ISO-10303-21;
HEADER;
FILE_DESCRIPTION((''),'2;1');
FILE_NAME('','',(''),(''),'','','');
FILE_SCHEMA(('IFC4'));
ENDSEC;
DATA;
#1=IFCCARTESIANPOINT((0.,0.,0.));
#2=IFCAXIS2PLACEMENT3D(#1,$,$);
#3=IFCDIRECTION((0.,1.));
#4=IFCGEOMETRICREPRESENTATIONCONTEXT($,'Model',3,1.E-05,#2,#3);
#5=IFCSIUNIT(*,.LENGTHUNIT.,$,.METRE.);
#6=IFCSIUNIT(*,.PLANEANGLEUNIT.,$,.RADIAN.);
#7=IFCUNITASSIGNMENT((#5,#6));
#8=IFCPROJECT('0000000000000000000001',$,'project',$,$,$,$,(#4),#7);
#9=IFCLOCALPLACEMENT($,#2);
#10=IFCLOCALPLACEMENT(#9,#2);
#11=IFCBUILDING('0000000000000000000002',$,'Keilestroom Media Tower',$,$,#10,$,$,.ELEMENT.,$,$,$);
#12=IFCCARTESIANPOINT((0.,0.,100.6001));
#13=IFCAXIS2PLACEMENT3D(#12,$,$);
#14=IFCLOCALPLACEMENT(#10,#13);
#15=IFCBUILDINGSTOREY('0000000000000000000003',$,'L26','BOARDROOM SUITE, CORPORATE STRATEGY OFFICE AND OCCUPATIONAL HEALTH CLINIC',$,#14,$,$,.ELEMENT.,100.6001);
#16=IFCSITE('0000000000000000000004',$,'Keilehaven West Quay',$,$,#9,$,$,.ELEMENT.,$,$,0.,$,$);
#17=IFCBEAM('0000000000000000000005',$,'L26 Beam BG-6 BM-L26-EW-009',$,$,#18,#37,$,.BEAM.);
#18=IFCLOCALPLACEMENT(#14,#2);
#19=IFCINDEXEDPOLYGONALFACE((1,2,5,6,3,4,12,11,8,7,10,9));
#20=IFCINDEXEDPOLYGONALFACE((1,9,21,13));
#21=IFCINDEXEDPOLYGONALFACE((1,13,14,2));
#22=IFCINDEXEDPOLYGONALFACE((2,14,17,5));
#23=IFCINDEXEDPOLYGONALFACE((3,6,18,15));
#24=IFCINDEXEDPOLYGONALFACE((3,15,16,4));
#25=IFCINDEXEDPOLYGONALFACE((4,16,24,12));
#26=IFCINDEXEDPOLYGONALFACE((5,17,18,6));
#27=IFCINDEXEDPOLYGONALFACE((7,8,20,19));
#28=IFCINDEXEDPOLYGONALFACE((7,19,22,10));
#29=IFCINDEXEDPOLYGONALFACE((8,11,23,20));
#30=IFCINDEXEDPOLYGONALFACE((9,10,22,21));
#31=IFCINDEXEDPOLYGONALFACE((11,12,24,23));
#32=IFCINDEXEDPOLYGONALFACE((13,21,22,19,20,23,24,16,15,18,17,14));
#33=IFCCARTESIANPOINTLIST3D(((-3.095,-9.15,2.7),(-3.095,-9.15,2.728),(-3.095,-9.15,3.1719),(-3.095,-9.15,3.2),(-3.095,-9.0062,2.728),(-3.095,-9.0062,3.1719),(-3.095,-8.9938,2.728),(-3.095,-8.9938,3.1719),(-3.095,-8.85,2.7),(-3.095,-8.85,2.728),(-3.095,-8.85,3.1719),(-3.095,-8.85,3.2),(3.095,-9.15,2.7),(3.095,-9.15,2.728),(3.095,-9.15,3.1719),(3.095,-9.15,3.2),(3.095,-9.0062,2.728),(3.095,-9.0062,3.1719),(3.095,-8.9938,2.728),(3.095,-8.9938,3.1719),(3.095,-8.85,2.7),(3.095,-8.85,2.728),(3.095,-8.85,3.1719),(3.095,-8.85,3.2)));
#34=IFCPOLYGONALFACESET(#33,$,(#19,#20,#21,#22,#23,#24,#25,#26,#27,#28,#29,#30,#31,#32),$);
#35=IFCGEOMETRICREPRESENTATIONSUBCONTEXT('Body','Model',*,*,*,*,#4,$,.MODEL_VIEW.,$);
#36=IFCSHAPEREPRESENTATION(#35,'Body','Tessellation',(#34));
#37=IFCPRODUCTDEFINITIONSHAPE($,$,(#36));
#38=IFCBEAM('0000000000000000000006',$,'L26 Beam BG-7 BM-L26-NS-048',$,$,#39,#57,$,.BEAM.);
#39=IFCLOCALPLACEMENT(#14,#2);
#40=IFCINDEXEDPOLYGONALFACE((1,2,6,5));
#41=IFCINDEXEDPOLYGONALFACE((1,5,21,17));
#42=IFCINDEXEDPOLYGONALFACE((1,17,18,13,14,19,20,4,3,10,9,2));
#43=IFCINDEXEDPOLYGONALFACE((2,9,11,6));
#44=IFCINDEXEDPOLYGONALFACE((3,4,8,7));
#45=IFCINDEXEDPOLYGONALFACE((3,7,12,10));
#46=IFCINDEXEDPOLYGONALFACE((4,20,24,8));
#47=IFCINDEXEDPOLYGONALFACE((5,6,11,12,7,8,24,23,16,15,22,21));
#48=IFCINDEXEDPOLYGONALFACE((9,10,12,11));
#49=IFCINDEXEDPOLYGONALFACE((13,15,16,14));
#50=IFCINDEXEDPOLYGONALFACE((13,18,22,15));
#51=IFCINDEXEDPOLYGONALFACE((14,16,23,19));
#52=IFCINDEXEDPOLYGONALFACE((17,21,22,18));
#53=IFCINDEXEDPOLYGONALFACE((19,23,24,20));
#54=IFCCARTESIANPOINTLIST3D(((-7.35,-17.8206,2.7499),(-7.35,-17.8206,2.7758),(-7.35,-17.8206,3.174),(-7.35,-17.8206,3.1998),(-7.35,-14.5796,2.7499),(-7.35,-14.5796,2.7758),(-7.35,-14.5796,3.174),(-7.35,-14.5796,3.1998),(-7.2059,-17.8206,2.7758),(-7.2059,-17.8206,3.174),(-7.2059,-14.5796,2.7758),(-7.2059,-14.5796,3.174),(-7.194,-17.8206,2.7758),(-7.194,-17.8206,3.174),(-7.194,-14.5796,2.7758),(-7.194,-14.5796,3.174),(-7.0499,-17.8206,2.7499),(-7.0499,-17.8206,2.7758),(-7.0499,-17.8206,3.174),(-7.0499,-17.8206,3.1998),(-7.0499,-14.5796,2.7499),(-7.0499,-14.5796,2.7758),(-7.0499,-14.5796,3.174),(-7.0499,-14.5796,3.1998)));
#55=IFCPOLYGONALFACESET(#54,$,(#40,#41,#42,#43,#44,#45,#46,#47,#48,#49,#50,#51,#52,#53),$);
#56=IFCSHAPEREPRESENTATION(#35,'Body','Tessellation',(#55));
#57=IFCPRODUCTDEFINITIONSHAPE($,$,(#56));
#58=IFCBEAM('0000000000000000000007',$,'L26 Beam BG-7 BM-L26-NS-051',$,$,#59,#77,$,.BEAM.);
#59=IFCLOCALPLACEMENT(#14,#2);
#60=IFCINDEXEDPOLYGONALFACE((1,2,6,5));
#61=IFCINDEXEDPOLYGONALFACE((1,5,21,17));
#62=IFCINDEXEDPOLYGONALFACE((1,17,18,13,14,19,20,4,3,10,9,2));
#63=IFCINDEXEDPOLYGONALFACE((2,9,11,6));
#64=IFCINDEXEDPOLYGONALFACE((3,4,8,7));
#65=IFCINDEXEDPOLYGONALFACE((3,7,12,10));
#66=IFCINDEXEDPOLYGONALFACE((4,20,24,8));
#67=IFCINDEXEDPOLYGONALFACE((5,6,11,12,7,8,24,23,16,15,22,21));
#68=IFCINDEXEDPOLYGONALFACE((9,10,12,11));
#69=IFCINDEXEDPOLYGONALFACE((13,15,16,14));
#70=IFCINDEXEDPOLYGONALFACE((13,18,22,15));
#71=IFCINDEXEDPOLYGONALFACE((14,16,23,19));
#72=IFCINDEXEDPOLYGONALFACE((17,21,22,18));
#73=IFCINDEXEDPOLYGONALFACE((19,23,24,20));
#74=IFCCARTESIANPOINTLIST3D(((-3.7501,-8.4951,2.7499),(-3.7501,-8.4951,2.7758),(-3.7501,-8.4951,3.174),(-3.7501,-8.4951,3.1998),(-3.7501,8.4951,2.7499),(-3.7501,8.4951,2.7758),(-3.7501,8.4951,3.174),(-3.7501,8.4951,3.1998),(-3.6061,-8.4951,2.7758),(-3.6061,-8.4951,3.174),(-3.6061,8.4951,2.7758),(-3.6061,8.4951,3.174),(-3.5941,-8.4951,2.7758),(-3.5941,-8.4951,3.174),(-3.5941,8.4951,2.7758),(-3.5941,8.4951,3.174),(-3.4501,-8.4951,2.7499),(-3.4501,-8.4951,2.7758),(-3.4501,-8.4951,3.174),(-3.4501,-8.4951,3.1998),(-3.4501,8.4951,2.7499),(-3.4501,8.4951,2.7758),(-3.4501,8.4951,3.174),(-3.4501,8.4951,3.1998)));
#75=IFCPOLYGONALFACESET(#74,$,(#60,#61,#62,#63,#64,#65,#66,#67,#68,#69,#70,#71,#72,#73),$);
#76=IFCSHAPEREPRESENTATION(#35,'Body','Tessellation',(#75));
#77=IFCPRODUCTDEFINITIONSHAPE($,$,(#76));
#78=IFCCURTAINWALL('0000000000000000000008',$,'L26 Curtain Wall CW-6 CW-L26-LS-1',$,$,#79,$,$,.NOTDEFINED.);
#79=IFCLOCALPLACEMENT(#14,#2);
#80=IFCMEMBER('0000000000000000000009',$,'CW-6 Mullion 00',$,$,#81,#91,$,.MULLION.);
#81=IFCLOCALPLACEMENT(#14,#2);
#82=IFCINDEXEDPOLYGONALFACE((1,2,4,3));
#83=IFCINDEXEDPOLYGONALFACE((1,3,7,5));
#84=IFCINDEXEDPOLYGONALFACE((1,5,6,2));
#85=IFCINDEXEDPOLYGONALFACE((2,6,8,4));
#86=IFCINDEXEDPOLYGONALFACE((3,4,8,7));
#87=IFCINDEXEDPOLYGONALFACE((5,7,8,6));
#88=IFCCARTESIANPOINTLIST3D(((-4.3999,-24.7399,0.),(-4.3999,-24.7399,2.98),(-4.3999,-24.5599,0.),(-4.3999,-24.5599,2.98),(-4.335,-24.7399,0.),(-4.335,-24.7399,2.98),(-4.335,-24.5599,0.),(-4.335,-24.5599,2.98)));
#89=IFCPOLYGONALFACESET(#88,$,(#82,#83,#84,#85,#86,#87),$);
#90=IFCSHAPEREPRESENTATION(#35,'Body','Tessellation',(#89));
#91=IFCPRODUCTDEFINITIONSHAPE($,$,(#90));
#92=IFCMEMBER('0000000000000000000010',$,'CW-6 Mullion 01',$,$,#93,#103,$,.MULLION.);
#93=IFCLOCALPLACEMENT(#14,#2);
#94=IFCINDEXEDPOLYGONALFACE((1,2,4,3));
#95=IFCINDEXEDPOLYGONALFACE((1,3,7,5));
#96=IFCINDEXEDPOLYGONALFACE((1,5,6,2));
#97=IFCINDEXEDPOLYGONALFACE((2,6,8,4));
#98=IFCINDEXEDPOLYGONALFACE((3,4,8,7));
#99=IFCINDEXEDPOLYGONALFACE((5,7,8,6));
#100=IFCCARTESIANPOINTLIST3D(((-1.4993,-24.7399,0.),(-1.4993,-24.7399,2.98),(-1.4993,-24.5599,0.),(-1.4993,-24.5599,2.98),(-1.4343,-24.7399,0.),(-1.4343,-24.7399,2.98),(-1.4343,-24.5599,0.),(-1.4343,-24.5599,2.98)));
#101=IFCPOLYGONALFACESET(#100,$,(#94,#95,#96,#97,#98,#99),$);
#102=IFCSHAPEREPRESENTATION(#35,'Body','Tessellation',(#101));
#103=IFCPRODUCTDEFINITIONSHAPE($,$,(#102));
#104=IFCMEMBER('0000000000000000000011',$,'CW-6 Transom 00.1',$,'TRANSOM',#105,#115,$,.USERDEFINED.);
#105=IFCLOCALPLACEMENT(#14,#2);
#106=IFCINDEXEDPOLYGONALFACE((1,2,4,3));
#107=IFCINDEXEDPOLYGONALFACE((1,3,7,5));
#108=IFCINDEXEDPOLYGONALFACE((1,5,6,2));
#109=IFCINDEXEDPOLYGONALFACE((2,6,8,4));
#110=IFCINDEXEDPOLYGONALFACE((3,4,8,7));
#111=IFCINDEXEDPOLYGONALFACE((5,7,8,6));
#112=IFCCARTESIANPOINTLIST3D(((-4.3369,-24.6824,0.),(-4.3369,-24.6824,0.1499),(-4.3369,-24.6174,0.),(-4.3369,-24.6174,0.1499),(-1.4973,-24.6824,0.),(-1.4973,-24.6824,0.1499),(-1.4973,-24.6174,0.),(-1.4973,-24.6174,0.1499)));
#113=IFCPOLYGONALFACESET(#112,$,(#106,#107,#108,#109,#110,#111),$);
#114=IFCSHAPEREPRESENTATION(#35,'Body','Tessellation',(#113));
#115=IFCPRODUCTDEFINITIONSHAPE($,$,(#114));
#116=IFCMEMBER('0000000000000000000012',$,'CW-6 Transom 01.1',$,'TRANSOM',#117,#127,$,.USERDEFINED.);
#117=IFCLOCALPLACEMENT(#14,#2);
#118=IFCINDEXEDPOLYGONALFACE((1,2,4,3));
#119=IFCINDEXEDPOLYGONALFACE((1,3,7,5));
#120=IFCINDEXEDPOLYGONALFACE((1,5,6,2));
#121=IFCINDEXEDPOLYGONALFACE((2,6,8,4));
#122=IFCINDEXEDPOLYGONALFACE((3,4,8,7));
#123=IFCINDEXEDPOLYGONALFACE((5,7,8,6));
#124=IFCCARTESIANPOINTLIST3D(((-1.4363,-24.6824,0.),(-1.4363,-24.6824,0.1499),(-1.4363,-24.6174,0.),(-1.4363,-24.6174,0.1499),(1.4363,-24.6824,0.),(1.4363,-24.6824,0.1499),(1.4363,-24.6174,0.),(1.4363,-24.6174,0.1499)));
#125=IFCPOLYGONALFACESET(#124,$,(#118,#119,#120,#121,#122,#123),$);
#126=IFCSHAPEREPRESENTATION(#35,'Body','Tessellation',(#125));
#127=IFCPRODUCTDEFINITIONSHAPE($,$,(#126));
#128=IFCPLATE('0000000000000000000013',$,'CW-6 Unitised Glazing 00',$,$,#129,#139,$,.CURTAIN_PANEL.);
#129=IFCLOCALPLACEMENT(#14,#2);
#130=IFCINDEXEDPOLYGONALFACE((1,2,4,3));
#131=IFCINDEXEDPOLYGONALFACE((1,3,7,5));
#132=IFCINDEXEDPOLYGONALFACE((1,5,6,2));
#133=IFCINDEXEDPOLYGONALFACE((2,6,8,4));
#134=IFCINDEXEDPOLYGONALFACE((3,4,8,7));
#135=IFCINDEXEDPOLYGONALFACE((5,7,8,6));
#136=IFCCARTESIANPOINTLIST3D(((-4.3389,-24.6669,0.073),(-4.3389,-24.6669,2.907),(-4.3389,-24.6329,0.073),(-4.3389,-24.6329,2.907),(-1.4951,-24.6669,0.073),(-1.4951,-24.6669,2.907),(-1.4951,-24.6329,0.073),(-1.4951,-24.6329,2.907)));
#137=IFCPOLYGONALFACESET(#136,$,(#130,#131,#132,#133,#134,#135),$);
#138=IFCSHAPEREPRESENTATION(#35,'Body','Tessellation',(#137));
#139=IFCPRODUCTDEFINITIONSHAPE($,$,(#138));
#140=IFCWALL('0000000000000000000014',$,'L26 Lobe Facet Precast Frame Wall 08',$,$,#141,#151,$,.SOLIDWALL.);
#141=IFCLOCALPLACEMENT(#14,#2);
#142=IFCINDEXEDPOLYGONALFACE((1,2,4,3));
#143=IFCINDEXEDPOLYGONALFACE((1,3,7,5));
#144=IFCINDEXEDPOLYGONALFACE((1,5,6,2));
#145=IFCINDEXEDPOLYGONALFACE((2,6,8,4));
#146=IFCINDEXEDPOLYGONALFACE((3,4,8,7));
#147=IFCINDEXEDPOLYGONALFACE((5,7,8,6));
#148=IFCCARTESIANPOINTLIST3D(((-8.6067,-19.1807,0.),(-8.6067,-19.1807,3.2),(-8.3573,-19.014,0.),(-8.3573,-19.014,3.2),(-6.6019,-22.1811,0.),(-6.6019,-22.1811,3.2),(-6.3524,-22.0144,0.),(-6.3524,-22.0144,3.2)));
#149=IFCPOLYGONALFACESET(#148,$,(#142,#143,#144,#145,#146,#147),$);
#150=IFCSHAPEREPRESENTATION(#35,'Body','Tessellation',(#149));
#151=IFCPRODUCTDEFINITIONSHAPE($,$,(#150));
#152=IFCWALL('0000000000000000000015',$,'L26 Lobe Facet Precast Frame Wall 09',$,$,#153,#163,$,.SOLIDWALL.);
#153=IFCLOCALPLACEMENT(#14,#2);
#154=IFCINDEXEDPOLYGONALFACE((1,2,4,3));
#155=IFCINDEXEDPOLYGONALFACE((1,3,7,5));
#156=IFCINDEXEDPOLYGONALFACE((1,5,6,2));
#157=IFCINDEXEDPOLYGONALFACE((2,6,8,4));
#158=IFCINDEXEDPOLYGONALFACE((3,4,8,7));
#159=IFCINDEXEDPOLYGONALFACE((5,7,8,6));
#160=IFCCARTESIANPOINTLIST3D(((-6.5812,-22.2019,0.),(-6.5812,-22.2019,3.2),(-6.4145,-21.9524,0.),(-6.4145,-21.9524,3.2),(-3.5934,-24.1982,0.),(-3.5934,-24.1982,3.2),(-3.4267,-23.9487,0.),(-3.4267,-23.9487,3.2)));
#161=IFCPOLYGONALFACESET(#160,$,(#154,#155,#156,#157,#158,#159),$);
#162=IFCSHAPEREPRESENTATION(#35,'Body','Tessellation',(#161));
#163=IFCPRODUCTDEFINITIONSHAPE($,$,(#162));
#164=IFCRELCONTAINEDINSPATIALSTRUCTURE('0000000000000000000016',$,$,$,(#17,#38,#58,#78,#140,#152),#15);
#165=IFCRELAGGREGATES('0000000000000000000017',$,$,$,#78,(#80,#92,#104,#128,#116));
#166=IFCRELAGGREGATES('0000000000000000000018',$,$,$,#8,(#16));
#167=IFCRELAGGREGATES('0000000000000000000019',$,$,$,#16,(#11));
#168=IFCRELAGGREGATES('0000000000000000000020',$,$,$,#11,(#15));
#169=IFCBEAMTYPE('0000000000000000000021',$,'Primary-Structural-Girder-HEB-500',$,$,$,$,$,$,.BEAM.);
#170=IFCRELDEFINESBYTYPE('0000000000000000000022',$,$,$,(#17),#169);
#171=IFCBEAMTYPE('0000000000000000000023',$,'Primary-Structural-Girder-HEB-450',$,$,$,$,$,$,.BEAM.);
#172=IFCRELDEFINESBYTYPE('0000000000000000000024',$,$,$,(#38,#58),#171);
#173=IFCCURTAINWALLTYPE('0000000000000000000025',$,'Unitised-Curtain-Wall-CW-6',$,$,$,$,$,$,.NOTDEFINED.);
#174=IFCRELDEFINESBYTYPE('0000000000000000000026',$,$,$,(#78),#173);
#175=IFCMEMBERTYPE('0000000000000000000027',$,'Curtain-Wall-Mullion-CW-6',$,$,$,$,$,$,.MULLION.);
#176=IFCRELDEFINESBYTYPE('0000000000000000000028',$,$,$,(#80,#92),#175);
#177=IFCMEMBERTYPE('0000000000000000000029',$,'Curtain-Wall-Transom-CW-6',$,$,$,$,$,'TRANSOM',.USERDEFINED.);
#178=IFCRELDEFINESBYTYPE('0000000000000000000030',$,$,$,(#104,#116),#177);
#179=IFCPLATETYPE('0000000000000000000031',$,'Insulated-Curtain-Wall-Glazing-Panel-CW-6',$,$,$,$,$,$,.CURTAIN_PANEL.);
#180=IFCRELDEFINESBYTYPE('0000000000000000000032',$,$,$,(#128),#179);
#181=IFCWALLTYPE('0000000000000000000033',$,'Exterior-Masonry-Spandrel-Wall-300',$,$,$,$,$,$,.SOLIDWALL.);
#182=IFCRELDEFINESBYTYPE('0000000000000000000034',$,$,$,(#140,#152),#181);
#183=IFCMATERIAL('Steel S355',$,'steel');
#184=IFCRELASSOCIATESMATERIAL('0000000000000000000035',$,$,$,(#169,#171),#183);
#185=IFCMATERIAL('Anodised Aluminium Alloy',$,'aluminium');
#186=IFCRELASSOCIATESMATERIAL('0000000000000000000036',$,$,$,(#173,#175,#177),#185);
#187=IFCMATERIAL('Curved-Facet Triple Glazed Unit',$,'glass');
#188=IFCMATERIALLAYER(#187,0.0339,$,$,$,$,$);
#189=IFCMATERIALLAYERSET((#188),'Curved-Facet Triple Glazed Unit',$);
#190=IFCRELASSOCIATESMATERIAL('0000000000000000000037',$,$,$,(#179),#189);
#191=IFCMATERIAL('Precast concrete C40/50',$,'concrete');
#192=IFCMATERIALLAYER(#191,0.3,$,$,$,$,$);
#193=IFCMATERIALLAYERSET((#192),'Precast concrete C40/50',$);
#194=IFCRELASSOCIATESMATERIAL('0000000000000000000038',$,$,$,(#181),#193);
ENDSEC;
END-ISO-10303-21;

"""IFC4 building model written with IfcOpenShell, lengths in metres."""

from ifc_helpers import new_model, si_unit, direction, frame, frame_2d, origin, origin_2d, place, context, subcontext, project, spatial, rectangle, i_section, extrude, source, transform, mapped, material, layer, layer_set, material_profile, profile_set, type_object, element, aggregate, save


model = new_model("IFC4")

# Units and contexts
model_context = context("Model", 3, precision=1e-05, world=origin(), true_north=direction((0.0, 1.0)))
body_context = subcontext(model_context, "Body", "Model", "MODEL_VIEW")
ifc_project = project(units=[si_unit("LENGTHUNIT", "METRE"), si_unit("PLANEANGLEUNIT", "RADIAN")], contexts=[model_context])

# Site, building, storey
site_placement = place(None, origin())
site = spatial("IfcSite", under=ifc_project, at=site_placement, Name="Keilehaven West Quay", CompositionType="ELEMENT", RefElevation=0.0)
building_placement = place(site_placement, origin())
building = spatial("IfcBuilding", under=site, at=building_placement, Name="Keilestroom Media Tower", CompositionType="ELEMENT")
storey_placement = place(building_placement, frame((0.0, 0.0, 100.6001)))
storey = spatial("IfcBuildingStorey", under=building, at=storey_placement, Name="L26", Description="BOARDROOM SUITE, CORPORATE STRATEGY OFFICE AND OCCUPATIONAL HEALTH CLINIC", CompositionType="ELEMENT", Elevation=100.6001)

# Shared definitions
ifc_material_1 = material(Name="Steel S355", Category="steel")

# Beams
ifc_material_profile_1 = material_profile(ifc_material_1, i_section(OverallWidth=0.3, OverallDepth=0.5, WebThickness=0.0125, FlangeThickness=0.0281, at=origin_2d()), Name="HEB 500")
ifc_profile_set_1 = profile_set([ifc_material_profile_1], Name="Steel S355")
beam_type_1 = type_object("IfcBeamType", Name="Primary-Structural-Girder-HEB-500", PredefinedType="BEAM", material=ifc_profile_set_1)
shared_shape_1 = source(origin(), body_context, "Body", "SweptSolid", [
    extrude(i_section(OverallWidth=0.3, OverallDepth=0.5, WebThickness=0.0125, FlangeThickness=0.0281, at=origin_2d()), origin(), (0.0, 0.0, 1.0), 6.1899),
])
beam_1_placement = place(storey_placement, frame((-3.095, -9.0, 2.95), z_axis=(1.0, 0.0, 0.0), x_axis=(0.0, 1.0, 0.0)))
element("IfcBeam", 1, at=beam_1_placement, inside=storey, type_object=beam_type_1, Name="L26 Beam BG-6 BM-L26-EW-009", PredefinedType="BEAM", context=body_context, shape_type="MappedRepresentation", body=[
    mapped(shared_shape_1, transform((0.0, 0.0, 0.0), x_axis=(1.0, 0.0, 0.0), y_axis=(0.0, 1.0, 0.0), z_axis=(0.0, 0.0, 1.0), scale=1.0)),
])
ifc_material_profile_2 = material_profile(ifc_material_1, i_section(OverallWidth=0.3, OverallDepth=0.45, WebThickness=0.012, FlangeThickness=0.0259, at=origin_2d()), Name="HEB 450")
ifc_profile_set_2 = profile_set([ifc_material_profile_2], Name="Steel S355")
beam_type_2 = type_object("IfcBeamType", Name="Primary-Structural-Girder-HEB-450", PredefinedType="BEAM", material=ifc_profile_set_2)
shared_shape_2 = source(origin(), body_context, "Body", "SweptSolid", [
    extrude(i_section(OverallWidth=0.3, OverallDepth=0.45, WebThickness=0.012, FlangeThickness=0.0259, at=origin_2d()), origin(), (0.0, 0.0, 1.0), 3.241),
])
beam_2_placement = place(storey_placement, frame((-7.2, -17.8206, 2.9749), z_axis=(0.0, 1.0, 0.0), x_axis=(-1.0, 0.0, 0.0)))
element("IfcBeam", 2, at=beam_2_placement, inside=storey, type_object=beam_type_2, Name="L26 Beam BG-7 BM-L26-NS-048", PredefinedType="BEAM", context=body_context, shape_type="MappedRepresentation", body=[
    mapped(shared_shape_2, transform((0.0, 0.0, 0.0), x_axis=(1.0, 0.0, 0.0), y_axis=(0.0, 1.0, 0.0), z_axis=(0.0, 0.0, 1.0), scale=1.0)),
])
shared_shape_3 = source(origin(), body_context, "Body", "SweptSolid", [
    extrude(i_section(OverallWidth=0.3, OverallDepth=0.45, WebThickness=0.012, FlangeThickness=0.0259, at=origin_2d()), origin(), (0.0, 0.0, 1.0), 16.9902),
])
beam_3_placement = place(storey_placement, frame((-3.6001, -8.4951, 2.9749), z_axis=(0.0, 1.0, 0.0), x_axis=(-1.0, 0.0, 0.0)))
element("IfcBeam", 3, at=beam_3_placement, inside=storey, type_object=beam_type_2, Name="L26 Beam BG-7 BM-L26-NS-051", PredefinedType="BEAM", context=body_context, shape_type="MappedRepresentation", body=[
    mapped(shared_shape_3, transform((0.0, 0.0, 0.0), x_axis=(1.0, 0.0, 0.0), y_axis=(0.0, 1.0, 0.0), z_axis=(0.0, 0.0, 1.0), scale=1.0)),
])

# Curtain wall, members, plate
ifc_material_2 = material(Name="Anodised Aluminium Alloy", Category="aluminium")
curtain_wall_type = type_object("IfcCurtainWallType", Name="Unitised-Curtain-Wall-CW-6", PredefinedType="NOTDEFINED", material=ifc_material_2)
curtain_wall_placement = place(storey_placement, origin())
curtain_wall = element("IfcCurtainWall", 4, at=curtain_wall_placement, inside=storey, type_object=curtain_wall_type, Name="L26 Curtain Wall CW-6 CW-L26-LS-1", PredefinedType="NOTDEFINED")
ifc_material_profile_3 = material_profile(ifc_material_2, rectangle(XDim=0.0649, YDim=0.1799, at=origin_2d()), Name="ALU MULLION 65x180")
ifc_profile_set_3 = profile_set([ifc_material_profile_3], Name="Anodised Aluminium Alloy")
member_type_1 = type_object("IfcMemberType", Name="Curtain-Wall-Mullion-CW-6", PredefinedType="MULLION", material=ifc_profile_set_3)
shared_shape_4 = source(origin(), body_context, "Body", "SweptSolid", [
    extrude(rectangle(XDim=0.0649, YDim=0.1799, at=origin_2d()), origin(), (0.0, 0.0, 1.0), 2.98),
])
member_1_placement = place(storey_placement, frame((-4.3674, -24.6499, 0.0), z_axis=(0.0, 0.0, 1.0), x_axis=(1.0, 0.0, 0.0)))
member_1 = element("IfcMember", 5, at=member_1_placement, type_object=member_type_1, Name="CW-6 Mullion 00", PredefinedType="MULLION", context=body_context, shape_type="MappedRepresentation", body=[
    mapped(shared_shape_4, transform((0.0, 0.0, 0.0), x_axis=(1.0, 0.0, 0.0), y_axis=(0.0, 1.0, 0.0), z_axis=(0.0, 0.0, 1.0), scale=1.0)),
])
member_2_placement = place(storey_placement, frame((-1.4668, -24.6499, 0.0), z_axis=(0.0, 0.0, 1.0), x_axis=(1.0, 0.0, 0.0)))
member_2 = element("IfcMember", 6, at=member_2_placement, type_object=member_type_1, Name="CW-6 Mullion 01", PredefinedType="MULLION", context=body_context, shape_type="MappedRepresentation", body=[
    mapped(shared_shape_4, transform((0.0, 0.0, 0.0), x_axis=(1.0, 0.0, 0.0), y_axis=(0.0, 1.0, 0.0), z_axis=(0.0, 0.0, 1.0), scale=1.0)),
])
ifc_material_profile_4 = material_profile(ifc_material_2, rectangle(XDim=0.0649, YDim=0.1499, at=origin_2d()), Name="ALU TRANSOM 65x150")
ifc_profile_set_4 = profile_set([ifc_material_profile_4], Name="Anodised Aluminium Alloy")
member_type_2 = type_object("IfcMemberType", Name="Curtain-Wall-Transom-CW-6", ElementType="TRANSOM", PredefinedType="USERDEFINED", material=ifc_profile_set_4)
shared_shape_5 = source(origin(), body_context, "Body", "SweptSolid", [
    extrude(rectangle(XDim=0.0649, YDim=0.1499, at=origin_2d()), origin(), (0.0, 0.0, 1.0), 2.8396),
])
member_3_placement = place(storey_placement, frame((-4.3369, -24.6499, 0.075), z_axis=(1.0, 0.0, 0.0), x_axis=(0.0, 1.0, 0.0)))
member_3 = element("IfcMember", 7, at=member_3_placement, type_object=member_type_2, Name="CW-6 Transom 00.1", ObjectType="TRANSOM", PredefinedType="USERDEFINED", context=body_context, shape_type="MappedRepresentation", body=[
    mapped(shared_shape_5, transform((0.0, 0.0, 0.0), x_axis=(1.0, 0.0, 0.0), y_axis=(0.0, 1.0, 0.0), z_axis=(0.0, 0.0, 1.0), scale=1.0)),
])
shared_shape_6 = source(origin(), body_context, "Body", "SweptSolid", [
    extrude(rectangle(XDim=0.0649, YDim=0.1499, at=origin_2d()), origin(), (0.0, 0.0, 1.0), 2.8726),
])
member_4_placement = place(storey_placement, frame((-1.4363, -24.6499, 0.075), z_axis=(1.0, 0.0, 0.0), x_axis=(0.0, 1.0, 0.0)))
member_4 = element("IfcMember", 8, at=member_4_placement, type_object=member_type_2, Name="CW-6 Transom 01.1", ObjectType="TRANSOM", PredefinedType="USERDEFINED", context=body_context, shape_type="MappedRepresentation", body=[
    mapped(shared_shape_6, transform((0.0, 0.0, 0.0), x_axis=(1.0, 0.0, 0.0), y_axis=(0.0, 1.0, 0.0), z_axis=(0.0, 0.0, 1.0), scale=1.0)),
])
ifc_material_3 = material(Name="Curved-Facet Triple Glazed Unit", Category="glass")
ifc_layer_1 = layer(ifc_material_3, 0.0339)
ifc_layer_set_1 = layer_set([ifc_layer_1], Name="Curved-Facet Triple Glazed Unit")
plate_type = type_object("IfcPlateType", Name="Insulated-Curtain-Wall-Glazing-Panel-CW-6", PredefinedType="CURTAIN_PANEL", material=ifc_layer_set_1)
shared_shape_7 = source(origin(), body_context, "Body", "SweptSolid", [
    extrude(rectangle(XDim=2.8438, YDim=0.0339, at=origin_2d()), origin(), (0.0, 0.0, 1.0), 2.834),
])
plate_placement = place(storey_placement, frame((-2.917, -24.6499, 0.073), z_axis=(0.0, 0.0, 1.0), x_axis=(1.0, 0.0, 0.0)))
plate = element("IfcPlate", 9, at=plate_placement, type_object=plate_type, Name="CW-6 Unitised Glazing 00", PredefinedType="CURTAIN_PANEL", context=body_context, shape_type="MappedRepresentation", body=[
    mapped(shared_shape_7, transform((0.0, 0.0, 0.0), x_axis=(1.0, 0.0, 0.0), y_axis=(0.0, 1.0, 0.0), z_axis=(0.0, 0.0, 1.0), scale=1.0)),
])
aggregate(curtain_wall, [member_1, member_2, member_3, plate, member_4])

# Walls
ifc_material_4 = material(Name="Precast concrete C40/50", Category="concrete")
ifc_layer_2 = layer(ifc_material_4, 0.3)
ifc_layer_set_2 = layer_set([ifc_layer_2], Name="Precast concrete C40/50")
wall_type_1 = type_object("IfcWallType", Name="Exterior-Masonry-Spandrel-Wall-300", PredefinedType="SOLIDWALL", material=ifc_layer_set_2)
wall_1_placement = place(storey_placement, frame((-8.4819, -19.0974, 0.0), z_axis=(0.0, 0.0, 1.0), x_axis=(0.555574, -0.831467, 0.0)))
element("IfcWall", 10, at=wall_1_placement, inside=storey, type_object=wall_type_1, Name="L26 Lobe Facet Precast Frame Wall 08", PredefinedType="SOLIDWALL", context=body_context, shape_type="SweptSolid", body=[
    extrude(rectangle(XDim=3.6086, YDim=0.3, at=frame_2d((1.8042, 0.0))), origin(), (0.0, 0.0, 1.0), 3.2),
])
wall_2_placement = place(storey_placement, frame((-6.4978, -22.0771, 0.0), z_axis=(0.0, 0.0, 1.0), x_axis=(0.831475, -0.555562, 0.0)))
element("IfcWall", 11, at=wall_2_placement, inside=storey, type_object=wall_type_1, Name="L26 Lobe Facet Precast Frame Wall 09", PredefinedType="SOLIDWALL", context=body_context, shape_type="SweptSolid", body=[
    extrude(rectangle(XDim=3.5933, YDim=0.3, at=frame_2d((1.7966, 0.0))), origin(), (0.0, 0.0, 1.0), 3.2),
])

save(model, "model.ifc")
